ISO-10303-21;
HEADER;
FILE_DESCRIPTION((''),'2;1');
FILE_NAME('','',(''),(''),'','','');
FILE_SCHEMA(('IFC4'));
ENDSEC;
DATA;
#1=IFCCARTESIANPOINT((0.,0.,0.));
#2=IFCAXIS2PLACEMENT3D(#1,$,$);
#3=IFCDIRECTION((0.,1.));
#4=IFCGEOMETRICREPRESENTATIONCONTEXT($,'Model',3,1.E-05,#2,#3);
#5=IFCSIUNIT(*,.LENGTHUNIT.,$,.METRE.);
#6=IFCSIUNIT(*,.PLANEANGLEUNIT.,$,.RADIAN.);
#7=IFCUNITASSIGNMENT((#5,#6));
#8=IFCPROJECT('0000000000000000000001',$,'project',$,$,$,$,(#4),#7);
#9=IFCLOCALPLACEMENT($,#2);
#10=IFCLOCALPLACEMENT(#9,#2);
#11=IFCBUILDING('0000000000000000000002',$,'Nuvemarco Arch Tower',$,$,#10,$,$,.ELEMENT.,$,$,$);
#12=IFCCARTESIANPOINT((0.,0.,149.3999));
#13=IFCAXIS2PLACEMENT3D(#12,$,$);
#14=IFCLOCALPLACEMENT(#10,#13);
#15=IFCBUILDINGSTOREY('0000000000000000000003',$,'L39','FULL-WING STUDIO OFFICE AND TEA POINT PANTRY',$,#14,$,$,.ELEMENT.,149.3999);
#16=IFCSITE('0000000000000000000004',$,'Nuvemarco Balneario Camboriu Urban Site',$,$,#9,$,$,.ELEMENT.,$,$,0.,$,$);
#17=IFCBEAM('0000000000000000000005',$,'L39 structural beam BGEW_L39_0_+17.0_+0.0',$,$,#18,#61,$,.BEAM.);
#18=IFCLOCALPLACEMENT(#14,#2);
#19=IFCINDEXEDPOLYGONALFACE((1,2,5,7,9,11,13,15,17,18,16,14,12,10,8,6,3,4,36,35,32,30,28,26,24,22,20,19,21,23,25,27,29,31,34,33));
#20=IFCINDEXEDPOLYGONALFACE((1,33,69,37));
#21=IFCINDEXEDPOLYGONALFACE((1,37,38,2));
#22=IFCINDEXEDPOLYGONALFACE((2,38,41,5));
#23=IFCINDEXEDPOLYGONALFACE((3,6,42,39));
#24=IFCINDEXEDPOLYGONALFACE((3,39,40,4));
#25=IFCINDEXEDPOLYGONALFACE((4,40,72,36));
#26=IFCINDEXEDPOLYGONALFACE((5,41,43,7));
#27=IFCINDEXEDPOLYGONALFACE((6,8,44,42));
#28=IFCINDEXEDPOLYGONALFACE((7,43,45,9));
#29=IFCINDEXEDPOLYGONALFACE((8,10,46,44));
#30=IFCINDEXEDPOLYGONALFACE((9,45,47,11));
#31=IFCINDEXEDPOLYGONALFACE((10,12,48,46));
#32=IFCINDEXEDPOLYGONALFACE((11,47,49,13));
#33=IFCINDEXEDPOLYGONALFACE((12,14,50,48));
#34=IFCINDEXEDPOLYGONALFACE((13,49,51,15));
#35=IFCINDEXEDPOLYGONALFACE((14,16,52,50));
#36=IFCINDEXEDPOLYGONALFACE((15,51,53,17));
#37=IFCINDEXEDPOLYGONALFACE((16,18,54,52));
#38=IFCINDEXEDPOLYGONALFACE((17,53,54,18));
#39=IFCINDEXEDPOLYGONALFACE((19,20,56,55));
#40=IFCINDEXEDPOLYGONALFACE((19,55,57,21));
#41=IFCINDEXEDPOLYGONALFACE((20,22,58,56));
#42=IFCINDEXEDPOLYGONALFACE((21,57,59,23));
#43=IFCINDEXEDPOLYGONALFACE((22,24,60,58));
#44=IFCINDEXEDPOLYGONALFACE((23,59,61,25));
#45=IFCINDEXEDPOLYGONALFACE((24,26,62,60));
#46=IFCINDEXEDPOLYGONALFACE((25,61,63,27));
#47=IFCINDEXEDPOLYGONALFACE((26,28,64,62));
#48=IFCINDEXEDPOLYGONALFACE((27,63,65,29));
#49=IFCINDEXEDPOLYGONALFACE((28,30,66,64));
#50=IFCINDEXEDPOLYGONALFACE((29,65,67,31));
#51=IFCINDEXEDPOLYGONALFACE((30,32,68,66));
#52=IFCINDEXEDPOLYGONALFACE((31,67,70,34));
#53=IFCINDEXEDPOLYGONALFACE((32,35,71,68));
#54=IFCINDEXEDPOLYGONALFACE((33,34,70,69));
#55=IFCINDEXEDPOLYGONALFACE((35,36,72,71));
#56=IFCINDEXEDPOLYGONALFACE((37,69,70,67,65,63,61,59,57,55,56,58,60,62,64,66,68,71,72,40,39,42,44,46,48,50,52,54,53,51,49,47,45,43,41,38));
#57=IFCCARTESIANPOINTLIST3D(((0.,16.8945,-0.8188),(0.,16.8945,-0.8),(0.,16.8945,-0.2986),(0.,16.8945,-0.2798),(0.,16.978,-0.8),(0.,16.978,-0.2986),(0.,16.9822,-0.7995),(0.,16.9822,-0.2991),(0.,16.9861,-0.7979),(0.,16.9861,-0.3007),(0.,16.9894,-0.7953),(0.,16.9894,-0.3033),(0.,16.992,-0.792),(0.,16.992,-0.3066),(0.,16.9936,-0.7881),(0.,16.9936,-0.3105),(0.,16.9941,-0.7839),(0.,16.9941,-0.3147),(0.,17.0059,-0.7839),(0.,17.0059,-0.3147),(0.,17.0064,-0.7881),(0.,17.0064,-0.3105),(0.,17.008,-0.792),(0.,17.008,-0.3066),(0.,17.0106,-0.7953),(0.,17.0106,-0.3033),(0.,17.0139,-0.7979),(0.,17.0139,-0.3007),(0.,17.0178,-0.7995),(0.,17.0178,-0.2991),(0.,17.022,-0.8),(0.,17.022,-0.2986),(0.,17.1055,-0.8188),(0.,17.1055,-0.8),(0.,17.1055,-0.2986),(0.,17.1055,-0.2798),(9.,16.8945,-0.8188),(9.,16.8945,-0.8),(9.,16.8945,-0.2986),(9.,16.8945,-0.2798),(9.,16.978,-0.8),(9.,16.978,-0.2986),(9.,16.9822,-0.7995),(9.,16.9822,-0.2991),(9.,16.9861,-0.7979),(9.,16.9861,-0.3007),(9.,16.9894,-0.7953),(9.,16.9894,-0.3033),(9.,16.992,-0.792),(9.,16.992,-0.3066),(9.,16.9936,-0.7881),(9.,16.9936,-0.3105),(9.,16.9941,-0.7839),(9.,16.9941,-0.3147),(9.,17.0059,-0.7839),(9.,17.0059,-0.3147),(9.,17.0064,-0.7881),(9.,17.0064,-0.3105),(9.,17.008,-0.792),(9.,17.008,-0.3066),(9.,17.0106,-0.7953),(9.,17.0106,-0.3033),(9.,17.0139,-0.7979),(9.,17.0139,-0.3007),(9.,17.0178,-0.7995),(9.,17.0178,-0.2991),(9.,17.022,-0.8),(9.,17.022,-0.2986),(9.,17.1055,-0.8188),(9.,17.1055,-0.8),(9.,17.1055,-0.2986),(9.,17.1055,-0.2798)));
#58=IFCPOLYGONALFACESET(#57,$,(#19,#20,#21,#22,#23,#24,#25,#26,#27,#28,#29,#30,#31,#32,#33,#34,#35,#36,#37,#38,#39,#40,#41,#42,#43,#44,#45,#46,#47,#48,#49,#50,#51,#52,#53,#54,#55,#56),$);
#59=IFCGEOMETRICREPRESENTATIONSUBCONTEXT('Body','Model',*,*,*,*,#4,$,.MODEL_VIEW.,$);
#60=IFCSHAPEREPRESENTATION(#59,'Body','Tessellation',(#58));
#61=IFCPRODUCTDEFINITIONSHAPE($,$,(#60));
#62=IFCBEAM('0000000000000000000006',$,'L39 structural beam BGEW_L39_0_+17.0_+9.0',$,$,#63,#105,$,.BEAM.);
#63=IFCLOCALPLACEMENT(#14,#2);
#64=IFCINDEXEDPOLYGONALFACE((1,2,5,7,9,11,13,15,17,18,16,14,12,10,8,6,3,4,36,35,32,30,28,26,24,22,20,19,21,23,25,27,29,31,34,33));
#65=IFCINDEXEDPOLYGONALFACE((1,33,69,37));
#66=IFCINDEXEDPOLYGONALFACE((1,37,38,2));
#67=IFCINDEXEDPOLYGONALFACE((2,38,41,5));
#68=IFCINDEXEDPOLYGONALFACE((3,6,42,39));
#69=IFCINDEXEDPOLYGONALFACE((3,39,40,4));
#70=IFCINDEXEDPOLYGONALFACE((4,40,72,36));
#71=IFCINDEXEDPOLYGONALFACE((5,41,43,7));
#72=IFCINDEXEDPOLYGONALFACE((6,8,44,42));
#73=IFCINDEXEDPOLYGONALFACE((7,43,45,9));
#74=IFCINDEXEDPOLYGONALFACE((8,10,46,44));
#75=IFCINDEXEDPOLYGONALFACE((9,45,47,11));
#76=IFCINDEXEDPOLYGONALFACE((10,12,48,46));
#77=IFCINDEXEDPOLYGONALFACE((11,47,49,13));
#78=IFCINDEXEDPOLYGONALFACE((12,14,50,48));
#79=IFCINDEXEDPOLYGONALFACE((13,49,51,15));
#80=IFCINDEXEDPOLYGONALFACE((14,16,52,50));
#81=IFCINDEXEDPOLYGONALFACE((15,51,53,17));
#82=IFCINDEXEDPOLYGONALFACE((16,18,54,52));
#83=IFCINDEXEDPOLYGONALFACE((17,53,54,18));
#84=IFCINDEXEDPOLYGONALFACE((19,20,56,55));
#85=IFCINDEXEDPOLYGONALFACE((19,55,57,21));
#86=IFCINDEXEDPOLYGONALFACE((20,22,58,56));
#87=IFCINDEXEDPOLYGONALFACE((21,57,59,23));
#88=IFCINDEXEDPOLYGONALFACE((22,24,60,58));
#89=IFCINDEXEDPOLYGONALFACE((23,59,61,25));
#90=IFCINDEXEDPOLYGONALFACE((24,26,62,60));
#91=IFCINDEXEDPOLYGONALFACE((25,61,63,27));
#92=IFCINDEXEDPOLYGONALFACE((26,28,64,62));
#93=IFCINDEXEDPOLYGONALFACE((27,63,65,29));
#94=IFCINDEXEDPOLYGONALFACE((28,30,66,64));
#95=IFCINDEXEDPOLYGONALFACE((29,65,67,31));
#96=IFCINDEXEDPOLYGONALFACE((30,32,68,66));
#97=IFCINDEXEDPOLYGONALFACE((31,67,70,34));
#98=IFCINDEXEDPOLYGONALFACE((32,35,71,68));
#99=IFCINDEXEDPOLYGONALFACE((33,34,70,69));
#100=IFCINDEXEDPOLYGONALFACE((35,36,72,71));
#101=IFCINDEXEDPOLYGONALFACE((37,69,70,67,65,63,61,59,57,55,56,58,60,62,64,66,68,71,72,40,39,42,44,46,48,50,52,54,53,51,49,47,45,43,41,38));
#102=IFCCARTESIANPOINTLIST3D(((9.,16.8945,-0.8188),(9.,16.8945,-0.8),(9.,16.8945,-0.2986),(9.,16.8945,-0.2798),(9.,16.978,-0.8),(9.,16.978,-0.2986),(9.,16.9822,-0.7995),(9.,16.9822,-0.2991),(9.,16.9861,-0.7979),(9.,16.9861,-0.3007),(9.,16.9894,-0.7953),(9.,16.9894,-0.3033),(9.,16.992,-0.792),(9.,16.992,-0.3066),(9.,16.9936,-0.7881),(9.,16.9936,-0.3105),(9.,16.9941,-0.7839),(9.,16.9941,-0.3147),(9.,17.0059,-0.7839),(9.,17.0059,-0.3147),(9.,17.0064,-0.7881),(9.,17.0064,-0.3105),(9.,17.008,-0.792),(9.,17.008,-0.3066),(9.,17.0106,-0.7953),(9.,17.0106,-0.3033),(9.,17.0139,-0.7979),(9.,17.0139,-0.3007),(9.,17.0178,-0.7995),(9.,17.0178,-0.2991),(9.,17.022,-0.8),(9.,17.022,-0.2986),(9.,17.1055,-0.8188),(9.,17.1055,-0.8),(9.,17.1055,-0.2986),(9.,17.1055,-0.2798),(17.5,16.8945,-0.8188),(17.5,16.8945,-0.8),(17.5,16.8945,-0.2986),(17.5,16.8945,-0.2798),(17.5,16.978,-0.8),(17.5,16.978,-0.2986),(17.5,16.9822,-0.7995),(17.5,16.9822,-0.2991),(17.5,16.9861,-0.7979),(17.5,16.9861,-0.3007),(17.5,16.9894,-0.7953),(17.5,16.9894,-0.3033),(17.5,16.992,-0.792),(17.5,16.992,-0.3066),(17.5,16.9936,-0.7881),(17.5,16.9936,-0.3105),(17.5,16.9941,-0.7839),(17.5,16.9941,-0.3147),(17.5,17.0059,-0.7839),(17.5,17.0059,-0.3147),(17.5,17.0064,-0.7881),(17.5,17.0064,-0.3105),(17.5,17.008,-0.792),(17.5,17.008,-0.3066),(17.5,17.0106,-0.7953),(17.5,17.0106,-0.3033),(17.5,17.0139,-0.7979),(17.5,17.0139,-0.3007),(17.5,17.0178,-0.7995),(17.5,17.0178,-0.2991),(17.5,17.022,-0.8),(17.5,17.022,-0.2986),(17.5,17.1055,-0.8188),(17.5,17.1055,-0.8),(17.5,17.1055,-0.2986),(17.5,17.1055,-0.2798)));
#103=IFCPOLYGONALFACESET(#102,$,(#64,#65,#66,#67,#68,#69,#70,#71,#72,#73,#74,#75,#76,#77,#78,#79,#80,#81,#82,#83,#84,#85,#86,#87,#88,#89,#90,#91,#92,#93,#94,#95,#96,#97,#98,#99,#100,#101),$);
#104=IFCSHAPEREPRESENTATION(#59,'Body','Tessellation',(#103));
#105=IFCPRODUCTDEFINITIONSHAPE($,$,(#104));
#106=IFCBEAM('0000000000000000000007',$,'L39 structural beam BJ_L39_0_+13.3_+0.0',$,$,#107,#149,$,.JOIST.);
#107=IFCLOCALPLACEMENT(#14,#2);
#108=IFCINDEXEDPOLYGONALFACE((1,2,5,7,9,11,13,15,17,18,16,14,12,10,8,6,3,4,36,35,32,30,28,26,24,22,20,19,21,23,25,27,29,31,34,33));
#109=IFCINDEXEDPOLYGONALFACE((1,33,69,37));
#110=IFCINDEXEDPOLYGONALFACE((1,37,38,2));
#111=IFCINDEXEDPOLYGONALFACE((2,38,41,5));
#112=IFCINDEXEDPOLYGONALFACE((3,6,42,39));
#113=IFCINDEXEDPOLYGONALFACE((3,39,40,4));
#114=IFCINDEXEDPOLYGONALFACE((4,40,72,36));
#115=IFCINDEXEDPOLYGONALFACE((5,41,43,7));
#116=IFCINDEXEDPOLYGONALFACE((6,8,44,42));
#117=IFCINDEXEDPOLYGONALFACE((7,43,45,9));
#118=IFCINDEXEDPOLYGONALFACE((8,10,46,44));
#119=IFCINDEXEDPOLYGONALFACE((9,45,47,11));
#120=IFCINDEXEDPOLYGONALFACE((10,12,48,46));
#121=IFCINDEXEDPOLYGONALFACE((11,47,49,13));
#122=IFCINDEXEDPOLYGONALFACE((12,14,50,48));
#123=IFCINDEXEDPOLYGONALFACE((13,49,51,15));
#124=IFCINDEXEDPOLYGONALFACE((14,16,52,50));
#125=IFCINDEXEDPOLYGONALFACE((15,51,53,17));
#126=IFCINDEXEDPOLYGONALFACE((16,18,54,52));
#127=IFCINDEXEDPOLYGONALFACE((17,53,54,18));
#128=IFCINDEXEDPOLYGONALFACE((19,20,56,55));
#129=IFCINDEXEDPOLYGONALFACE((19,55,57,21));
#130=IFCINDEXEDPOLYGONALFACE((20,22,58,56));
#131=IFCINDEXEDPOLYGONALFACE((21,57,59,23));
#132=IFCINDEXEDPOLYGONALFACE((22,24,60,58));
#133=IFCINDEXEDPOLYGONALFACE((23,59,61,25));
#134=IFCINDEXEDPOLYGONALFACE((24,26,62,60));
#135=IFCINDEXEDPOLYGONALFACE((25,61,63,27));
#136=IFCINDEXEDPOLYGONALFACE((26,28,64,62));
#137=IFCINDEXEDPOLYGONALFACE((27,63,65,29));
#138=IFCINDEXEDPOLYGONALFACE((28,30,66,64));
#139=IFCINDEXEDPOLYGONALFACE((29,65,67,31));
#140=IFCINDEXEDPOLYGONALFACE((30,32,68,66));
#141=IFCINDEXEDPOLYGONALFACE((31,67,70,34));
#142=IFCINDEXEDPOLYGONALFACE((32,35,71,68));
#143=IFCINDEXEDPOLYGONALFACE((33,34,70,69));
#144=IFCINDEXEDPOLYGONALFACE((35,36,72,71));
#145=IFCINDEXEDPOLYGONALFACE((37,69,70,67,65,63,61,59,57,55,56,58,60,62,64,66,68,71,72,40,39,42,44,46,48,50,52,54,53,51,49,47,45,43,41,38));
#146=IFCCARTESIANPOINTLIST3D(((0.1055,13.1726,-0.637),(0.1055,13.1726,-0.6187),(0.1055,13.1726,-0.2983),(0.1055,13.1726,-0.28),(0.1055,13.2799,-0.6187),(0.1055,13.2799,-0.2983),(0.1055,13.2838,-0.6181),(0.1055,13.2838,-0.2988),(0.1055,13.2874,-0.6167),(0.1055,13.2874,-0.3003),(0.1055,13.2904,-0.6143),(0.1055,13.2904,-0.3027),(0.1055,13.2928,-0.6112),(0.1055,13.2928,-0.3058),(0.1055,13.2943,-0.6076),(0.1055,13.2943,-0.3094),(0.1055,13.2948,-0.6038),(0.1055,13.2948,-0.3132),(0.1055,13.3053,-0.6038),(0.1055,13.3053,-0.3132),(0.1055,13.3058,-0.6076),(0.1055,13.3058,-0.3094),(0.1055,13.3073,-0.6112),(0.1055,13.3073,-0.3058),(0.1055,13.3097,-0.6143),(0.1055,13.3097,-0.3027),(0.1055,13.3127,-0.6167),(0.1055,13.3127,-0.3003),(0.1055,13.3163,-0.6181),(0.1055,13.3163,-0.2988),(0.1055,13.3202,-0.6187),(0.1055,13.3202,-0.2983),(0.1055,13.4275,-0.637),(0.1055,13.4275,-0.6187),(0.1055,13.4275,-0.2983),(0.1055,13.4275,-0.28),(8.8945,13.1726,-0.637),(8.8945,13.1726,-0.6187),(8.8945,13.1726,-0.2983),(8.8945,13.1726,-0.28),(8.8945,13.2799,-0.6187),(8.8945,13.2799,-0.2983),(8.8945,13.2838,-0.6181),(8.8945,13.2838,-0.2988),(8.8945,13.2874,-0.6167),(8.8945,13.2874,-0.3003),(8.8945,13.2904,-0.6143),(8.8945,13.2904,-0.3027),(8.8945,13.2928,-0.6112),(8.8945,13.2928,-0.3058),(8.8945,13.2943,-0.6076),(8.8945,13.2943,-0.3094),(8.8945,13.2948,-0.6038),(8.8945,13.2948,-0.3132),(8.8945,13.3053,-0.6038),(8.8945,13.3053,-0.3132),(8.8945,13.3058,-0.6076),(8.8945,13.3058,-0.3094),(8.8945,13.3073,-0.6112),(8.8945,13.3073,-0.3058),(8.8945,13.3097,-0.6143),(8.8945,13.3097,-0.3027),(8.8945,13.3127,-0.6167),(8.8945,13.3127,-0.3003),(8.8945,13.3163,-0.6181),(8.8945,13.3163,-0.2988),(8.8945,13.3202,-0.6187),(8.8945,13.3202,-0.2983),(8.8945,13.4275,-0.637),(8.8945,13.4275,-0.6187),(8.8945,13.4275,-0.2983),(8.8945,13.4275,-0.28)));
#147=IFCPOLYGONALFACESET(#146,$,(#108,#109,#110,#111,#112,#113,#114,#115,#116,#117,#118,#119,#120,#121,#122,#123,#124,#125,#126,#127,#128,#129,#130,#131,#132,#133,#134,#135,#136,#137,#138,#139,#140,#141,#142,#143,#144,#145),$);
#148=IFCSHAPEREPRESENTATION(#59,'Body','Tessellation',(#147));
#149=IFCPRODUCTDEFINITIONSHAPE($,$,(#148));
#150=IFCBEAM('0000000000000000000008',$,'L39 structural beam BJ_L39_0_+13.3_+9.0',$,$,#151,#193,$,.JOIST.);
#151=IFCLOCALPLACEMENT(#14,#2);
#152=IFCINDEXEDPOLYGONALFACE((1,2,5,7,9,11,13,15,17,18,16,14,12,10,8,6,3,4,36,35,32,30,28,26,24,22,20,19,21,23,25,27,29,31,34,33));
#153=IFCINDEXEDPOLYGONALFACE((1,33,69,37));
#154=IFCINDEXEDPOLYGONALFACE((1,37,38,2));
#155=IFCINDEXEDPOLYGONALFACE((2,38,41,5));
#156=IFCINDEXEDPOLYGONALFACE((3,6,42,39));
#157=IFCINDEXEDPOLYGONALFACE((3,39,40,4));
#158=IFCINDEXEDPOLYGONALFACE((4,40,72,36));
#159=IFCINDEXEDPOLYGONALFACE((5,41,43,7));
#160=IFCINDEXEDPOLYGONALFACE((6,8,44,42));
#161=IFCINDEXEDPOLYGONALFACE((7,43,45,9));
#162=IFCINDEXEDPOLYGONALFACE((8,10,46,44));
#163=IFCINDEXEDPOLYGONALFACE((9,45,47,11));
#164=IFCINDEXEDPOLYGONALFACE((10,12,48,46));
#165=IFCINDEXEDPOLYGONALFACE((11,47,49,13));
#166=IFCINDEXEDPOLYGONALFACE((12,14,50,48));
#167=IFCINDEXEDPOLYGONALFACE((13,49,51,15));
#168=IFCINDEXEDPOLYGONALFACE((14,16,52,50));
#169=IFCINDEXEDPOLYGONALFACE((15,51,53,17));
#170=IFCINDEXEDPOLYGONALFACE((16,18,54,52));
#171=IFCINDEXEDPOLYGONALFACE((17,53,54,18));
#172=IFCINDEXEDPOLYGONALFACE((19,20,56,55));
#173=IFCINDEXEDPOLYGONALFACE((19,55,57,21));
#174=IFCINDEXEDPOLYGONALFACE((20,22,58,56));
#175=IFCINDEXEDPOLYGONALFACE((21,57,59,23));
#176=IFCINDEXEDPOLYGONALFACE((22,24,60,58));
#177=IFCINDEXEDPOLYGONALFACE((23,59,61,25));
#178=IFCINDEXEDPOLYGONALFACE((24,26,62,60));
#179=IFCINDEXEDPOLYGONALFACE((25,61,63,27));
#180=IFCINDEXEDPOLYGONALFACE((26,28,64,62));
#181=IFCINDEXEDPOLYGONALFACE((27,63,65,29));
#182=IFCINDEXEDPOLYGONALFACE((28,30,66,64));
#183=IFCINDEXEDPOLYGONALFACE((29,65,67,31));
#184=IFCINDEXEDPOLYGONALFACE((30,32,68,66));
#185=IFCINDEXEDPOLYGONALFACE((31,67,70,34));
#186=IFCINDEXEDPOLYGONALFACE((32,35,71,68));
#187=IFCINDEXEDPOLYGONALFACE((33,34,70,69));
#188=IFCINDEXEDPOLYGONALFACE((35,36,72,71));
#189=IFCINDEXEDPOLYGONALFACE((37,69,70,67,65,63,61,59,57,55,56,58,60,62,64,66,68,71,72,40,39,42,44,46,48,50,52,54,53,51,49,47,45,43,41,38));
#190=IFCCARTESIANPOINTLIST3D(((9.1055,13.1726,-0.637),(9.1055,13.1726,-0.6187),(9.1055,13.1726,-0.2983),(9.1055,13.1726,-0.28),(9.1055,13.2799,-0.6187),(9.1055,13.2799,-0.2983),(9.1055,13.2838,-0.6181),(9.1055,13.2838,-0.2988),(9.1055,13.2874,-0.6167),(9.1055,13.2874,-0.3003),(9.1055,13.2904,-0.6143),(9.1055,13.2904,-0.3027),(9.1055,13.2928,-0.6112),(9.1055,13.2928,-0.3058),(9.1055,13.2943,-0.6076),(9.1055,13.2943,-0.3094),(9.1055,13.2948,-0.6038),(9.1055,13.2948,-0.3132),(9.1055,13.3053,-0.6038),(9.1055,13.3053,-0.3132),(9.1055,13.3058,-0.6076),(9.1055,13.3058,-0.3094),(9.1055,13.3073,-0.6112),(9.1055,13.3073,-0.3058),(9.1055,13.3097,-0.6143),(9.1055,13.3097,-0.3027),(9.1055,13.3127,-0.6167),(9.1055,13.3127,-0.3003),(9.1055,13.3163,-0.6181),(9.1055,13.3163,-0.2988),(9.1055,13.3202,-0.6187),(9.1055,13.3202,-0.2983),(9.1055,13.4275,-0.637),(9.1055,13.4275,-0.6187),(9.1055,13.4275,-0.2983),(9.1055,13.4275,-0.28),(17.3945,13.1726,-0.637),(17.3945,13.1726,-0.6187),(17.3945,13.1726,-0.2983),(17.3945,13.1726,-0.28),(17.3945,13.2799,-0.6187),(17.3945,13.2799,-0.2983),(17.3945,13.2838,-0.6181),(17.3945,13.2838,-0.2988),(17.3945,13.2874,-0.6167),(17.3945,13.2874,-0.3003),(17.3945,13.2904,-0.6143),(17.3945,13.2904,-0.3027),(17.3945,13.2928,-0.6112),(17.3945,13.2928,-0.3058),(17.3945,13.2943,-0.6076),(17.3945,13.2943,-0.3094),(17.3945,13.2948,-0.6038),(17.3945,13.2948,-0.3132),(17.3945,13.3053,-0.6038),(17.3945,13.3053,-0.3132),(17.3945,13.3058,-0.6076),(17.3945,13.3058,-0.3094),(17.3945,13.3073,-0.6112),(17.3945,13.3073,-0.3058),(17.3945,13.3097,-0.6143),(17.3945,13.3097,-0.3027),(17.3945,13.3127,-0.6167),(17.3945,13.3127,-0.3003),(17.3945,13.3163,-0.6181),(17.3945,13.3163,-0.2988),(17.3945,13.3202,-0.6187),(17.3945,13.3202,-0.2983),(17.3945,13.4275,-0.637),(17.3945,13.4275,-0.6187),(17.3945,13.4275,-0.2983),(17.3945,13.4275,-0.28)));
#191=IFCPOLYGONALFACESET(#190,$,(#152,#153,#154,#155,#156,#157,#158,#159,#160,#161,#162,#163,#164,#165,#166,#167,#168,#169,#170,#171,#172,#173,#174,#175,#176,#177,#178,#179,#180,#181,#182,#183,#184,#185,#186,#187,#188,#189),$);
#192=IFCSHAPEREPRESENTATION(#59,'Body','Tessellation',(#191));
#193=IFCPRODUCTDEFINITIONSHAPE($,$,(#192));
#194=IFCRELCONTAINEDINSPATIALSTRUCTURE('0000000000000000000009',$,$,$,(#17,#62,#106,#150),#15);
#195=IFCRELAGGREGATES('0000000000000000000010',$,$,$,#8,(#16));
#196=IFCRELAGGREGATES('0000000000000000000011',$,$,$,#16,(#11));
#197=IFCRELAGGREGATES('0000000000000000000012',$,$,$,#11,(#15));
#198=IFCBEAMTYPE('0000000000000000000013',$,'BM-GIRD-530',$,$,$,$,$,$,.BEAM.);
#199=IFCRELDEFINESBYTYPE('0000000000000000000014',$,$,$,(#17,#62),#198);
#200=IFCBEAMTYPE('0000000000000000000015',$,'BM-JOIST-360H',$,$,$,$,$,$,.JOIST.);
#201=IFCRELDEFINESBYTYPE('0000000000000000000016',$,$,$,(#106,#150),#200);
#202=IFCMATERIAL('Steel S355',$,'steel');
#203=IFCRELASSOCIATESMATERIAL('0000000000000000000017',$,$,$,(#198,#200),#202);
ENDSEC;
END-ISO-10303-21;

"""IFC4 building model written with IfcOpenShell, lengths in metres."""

from ifc_helpers import new_model, si_unit, direction, frame, origin, origin_2d, place, context, subcontext, project, spatial, i_section, extrude, material, material_profile, profile_set, type_object, element, save


model = new_model("IFC4")

# Units and contexts
model_context = context("Model", 3, precision=1e-05, world=origin(), true_north=direction((0.0, 1.0)))
body_context = subcontext(model_context, "Body", "Model", "MODEL_VIEW")
ifc_project = project(units=[si_unit("LENGTHUNIT", "METRE"), si_unit("PLANEANGLEUNIT", "RADIAN")], contexts=[model_context])

# Site, building, storey
site_placement = place(None, origin())
site = spatial("IfcSite", under=ifc_project, at=site_placement, Name="Nuvemarco Balneario Camboriu Urban Site", CompositionType="ELEMENT", RefElevation=0.0)
building_placement = place(site_placement, origin())
building = spatial("IfcBuilding", under=site, at=building_placement, Name="Nuvemarco Arch Tower", CompositionType="ELEMENT")
storey_placement = place(building_placement, frame((0.0, 0.0, 149.3999)))
storey = spatial("IfcBuildingStorey", under=building, at=storey_placement, Name="L39", Description="FULL-WING STUDIO OFFICE AND TEA POINT PANTRY", CompositionType="ELEMENT", Elevation=149.3999)

# Shared definitions
ifc_material_1 = material(Name="Steel S355", Category="steel")

# Beams
ifc_material_profile_1 = material_profile(ifc_material_1, i_section(OverallWidth=0.2109, OverallDepth=0.5391, WebThickness=0.0117, FlangeThickness=0.0188, FilletRadius=0.0161, at=origin_2d()), Name="W530x109")
ifc_profile_set_1 = profile_set([ifc_material_profile_1], Name="Steel S355")
beam_type_1 = type_object("IfcBeamType", Name="BM-GIRD-530", PredefinedType="BEAM", material=ifc_profile_set_1)
beam_1_placement = place(storey_placement, frame((0.0, 17.0, -0.5493), z_axis=(1.0, 0.0, 0.0), x_axis=(0.0, 1.0, 0.0)))
element("IfcBeam", 1, at=beam_1_placement, inside=storey, type_object=beam_type_1, Name="L39 structural beam BGEW_L39_0_+17.0_+0.0", PredefinedType="BEAM", context=body_context, shape_type="SweptSolid", body=[
    extrude(i_section(OverallWidth=0.2109, OverallDepth=0.5391, WebThickness=0.0117, FlangeThickness=0.0188, FilletRadius=0.0161, at=origin_2d()), origin(), (0.0, 0.0, 1.0), 9.0),
])
beam_2_placement = place(storey_placement, frame((9.0, 17.0, -0.5493), z_axis=(1.0, 0.0, 0.0), x_axis=(0.0, 1.0, 0.0)))
element("IfcBeam", 2, at=beam_2_placement, inside=storey, type_object=beam_type_1, Name="L39 structural beam BGEW_L39_0_+17.0_+9.0", PredefinedType="BEAM", context=body_context, shape_type="SweptSolid", body=[
    extrude(i_section(OverallWidth=0.2109, OverallDepth=0.5391, WebThickness=0.0117, FlangeThickness=0.0188, FilletRadius=0.0161, at=origin_2d()), origin(), (0.0, 0.0, 1.0), 8.5),
])
ifc_material_profile_2 = material_profile(ifc_material_1, i_section(OverallWidth=0.2549, OverallDepth=0.3569, WebThickness=0.0105, FlangeThickness=0.0183, FilletRadius=0.0149, at=origin_2d()), Name="W360x101")
ifc_profile_set_2 = profile_set([ifc_material_profile_2], Name="Steel S355")
beam_type_2 = type_object("IfcBeamType", Name="BM-JOIST-360H", PredefinedType="JOIST", material=ifc_profile_set_2)
beam_3_placement = place(storey_placement, frame((0.1055, 13.3, -0.4585), z_axis=(1.0, 0.0, 0.0), x_axis=(0.0, 1.0, 0.0)))
element("IfcBeam", 3, at=beam_3_placement, inside=storey, type_object=beam_type_2, Name="L39 structural beam BJ_L39_0_+13.3_+0.0", PredefinedType="JOIST", context=body_context, shape_type="SweptSolid", body=[
    extrude(i_section(OverallWidth=0.2549, OverallDepth=0.3569, WebThickness=0.0105, FlangeThickness=0.0183, FilletRadius=0.0149, at=origin_2d()), origin(), (0.0, 0.0, 1.0), 8.7891),
])
beam_4_placement = place(storey_placement, frame((9.1055, 13.3, -0.4585), z_axis=(1.0, 0.0, 0.0), x_axis=(0.0, 1.0, 0.0)))
element("IfcBeam", 4, at=beam_4_placement, inside=storey, type_object=beam_type_2, Name="L39 structural beam BJ_L39_0_+13.3_+9.0", PredefinedType="JOIST", context=body_context, shape_type="SweptSolid", body=[
    extrude(i_section(OverallWidth=0.2549, OverallDepth=0.3569, WebThickness=0.0105, FlangeThickness=0.0183, FilletRadius=0.0149, at=origin_2d()), origin(), (0.0, 0.0, 1.0), 8.2891),
])

save(model, "model.ifc")
